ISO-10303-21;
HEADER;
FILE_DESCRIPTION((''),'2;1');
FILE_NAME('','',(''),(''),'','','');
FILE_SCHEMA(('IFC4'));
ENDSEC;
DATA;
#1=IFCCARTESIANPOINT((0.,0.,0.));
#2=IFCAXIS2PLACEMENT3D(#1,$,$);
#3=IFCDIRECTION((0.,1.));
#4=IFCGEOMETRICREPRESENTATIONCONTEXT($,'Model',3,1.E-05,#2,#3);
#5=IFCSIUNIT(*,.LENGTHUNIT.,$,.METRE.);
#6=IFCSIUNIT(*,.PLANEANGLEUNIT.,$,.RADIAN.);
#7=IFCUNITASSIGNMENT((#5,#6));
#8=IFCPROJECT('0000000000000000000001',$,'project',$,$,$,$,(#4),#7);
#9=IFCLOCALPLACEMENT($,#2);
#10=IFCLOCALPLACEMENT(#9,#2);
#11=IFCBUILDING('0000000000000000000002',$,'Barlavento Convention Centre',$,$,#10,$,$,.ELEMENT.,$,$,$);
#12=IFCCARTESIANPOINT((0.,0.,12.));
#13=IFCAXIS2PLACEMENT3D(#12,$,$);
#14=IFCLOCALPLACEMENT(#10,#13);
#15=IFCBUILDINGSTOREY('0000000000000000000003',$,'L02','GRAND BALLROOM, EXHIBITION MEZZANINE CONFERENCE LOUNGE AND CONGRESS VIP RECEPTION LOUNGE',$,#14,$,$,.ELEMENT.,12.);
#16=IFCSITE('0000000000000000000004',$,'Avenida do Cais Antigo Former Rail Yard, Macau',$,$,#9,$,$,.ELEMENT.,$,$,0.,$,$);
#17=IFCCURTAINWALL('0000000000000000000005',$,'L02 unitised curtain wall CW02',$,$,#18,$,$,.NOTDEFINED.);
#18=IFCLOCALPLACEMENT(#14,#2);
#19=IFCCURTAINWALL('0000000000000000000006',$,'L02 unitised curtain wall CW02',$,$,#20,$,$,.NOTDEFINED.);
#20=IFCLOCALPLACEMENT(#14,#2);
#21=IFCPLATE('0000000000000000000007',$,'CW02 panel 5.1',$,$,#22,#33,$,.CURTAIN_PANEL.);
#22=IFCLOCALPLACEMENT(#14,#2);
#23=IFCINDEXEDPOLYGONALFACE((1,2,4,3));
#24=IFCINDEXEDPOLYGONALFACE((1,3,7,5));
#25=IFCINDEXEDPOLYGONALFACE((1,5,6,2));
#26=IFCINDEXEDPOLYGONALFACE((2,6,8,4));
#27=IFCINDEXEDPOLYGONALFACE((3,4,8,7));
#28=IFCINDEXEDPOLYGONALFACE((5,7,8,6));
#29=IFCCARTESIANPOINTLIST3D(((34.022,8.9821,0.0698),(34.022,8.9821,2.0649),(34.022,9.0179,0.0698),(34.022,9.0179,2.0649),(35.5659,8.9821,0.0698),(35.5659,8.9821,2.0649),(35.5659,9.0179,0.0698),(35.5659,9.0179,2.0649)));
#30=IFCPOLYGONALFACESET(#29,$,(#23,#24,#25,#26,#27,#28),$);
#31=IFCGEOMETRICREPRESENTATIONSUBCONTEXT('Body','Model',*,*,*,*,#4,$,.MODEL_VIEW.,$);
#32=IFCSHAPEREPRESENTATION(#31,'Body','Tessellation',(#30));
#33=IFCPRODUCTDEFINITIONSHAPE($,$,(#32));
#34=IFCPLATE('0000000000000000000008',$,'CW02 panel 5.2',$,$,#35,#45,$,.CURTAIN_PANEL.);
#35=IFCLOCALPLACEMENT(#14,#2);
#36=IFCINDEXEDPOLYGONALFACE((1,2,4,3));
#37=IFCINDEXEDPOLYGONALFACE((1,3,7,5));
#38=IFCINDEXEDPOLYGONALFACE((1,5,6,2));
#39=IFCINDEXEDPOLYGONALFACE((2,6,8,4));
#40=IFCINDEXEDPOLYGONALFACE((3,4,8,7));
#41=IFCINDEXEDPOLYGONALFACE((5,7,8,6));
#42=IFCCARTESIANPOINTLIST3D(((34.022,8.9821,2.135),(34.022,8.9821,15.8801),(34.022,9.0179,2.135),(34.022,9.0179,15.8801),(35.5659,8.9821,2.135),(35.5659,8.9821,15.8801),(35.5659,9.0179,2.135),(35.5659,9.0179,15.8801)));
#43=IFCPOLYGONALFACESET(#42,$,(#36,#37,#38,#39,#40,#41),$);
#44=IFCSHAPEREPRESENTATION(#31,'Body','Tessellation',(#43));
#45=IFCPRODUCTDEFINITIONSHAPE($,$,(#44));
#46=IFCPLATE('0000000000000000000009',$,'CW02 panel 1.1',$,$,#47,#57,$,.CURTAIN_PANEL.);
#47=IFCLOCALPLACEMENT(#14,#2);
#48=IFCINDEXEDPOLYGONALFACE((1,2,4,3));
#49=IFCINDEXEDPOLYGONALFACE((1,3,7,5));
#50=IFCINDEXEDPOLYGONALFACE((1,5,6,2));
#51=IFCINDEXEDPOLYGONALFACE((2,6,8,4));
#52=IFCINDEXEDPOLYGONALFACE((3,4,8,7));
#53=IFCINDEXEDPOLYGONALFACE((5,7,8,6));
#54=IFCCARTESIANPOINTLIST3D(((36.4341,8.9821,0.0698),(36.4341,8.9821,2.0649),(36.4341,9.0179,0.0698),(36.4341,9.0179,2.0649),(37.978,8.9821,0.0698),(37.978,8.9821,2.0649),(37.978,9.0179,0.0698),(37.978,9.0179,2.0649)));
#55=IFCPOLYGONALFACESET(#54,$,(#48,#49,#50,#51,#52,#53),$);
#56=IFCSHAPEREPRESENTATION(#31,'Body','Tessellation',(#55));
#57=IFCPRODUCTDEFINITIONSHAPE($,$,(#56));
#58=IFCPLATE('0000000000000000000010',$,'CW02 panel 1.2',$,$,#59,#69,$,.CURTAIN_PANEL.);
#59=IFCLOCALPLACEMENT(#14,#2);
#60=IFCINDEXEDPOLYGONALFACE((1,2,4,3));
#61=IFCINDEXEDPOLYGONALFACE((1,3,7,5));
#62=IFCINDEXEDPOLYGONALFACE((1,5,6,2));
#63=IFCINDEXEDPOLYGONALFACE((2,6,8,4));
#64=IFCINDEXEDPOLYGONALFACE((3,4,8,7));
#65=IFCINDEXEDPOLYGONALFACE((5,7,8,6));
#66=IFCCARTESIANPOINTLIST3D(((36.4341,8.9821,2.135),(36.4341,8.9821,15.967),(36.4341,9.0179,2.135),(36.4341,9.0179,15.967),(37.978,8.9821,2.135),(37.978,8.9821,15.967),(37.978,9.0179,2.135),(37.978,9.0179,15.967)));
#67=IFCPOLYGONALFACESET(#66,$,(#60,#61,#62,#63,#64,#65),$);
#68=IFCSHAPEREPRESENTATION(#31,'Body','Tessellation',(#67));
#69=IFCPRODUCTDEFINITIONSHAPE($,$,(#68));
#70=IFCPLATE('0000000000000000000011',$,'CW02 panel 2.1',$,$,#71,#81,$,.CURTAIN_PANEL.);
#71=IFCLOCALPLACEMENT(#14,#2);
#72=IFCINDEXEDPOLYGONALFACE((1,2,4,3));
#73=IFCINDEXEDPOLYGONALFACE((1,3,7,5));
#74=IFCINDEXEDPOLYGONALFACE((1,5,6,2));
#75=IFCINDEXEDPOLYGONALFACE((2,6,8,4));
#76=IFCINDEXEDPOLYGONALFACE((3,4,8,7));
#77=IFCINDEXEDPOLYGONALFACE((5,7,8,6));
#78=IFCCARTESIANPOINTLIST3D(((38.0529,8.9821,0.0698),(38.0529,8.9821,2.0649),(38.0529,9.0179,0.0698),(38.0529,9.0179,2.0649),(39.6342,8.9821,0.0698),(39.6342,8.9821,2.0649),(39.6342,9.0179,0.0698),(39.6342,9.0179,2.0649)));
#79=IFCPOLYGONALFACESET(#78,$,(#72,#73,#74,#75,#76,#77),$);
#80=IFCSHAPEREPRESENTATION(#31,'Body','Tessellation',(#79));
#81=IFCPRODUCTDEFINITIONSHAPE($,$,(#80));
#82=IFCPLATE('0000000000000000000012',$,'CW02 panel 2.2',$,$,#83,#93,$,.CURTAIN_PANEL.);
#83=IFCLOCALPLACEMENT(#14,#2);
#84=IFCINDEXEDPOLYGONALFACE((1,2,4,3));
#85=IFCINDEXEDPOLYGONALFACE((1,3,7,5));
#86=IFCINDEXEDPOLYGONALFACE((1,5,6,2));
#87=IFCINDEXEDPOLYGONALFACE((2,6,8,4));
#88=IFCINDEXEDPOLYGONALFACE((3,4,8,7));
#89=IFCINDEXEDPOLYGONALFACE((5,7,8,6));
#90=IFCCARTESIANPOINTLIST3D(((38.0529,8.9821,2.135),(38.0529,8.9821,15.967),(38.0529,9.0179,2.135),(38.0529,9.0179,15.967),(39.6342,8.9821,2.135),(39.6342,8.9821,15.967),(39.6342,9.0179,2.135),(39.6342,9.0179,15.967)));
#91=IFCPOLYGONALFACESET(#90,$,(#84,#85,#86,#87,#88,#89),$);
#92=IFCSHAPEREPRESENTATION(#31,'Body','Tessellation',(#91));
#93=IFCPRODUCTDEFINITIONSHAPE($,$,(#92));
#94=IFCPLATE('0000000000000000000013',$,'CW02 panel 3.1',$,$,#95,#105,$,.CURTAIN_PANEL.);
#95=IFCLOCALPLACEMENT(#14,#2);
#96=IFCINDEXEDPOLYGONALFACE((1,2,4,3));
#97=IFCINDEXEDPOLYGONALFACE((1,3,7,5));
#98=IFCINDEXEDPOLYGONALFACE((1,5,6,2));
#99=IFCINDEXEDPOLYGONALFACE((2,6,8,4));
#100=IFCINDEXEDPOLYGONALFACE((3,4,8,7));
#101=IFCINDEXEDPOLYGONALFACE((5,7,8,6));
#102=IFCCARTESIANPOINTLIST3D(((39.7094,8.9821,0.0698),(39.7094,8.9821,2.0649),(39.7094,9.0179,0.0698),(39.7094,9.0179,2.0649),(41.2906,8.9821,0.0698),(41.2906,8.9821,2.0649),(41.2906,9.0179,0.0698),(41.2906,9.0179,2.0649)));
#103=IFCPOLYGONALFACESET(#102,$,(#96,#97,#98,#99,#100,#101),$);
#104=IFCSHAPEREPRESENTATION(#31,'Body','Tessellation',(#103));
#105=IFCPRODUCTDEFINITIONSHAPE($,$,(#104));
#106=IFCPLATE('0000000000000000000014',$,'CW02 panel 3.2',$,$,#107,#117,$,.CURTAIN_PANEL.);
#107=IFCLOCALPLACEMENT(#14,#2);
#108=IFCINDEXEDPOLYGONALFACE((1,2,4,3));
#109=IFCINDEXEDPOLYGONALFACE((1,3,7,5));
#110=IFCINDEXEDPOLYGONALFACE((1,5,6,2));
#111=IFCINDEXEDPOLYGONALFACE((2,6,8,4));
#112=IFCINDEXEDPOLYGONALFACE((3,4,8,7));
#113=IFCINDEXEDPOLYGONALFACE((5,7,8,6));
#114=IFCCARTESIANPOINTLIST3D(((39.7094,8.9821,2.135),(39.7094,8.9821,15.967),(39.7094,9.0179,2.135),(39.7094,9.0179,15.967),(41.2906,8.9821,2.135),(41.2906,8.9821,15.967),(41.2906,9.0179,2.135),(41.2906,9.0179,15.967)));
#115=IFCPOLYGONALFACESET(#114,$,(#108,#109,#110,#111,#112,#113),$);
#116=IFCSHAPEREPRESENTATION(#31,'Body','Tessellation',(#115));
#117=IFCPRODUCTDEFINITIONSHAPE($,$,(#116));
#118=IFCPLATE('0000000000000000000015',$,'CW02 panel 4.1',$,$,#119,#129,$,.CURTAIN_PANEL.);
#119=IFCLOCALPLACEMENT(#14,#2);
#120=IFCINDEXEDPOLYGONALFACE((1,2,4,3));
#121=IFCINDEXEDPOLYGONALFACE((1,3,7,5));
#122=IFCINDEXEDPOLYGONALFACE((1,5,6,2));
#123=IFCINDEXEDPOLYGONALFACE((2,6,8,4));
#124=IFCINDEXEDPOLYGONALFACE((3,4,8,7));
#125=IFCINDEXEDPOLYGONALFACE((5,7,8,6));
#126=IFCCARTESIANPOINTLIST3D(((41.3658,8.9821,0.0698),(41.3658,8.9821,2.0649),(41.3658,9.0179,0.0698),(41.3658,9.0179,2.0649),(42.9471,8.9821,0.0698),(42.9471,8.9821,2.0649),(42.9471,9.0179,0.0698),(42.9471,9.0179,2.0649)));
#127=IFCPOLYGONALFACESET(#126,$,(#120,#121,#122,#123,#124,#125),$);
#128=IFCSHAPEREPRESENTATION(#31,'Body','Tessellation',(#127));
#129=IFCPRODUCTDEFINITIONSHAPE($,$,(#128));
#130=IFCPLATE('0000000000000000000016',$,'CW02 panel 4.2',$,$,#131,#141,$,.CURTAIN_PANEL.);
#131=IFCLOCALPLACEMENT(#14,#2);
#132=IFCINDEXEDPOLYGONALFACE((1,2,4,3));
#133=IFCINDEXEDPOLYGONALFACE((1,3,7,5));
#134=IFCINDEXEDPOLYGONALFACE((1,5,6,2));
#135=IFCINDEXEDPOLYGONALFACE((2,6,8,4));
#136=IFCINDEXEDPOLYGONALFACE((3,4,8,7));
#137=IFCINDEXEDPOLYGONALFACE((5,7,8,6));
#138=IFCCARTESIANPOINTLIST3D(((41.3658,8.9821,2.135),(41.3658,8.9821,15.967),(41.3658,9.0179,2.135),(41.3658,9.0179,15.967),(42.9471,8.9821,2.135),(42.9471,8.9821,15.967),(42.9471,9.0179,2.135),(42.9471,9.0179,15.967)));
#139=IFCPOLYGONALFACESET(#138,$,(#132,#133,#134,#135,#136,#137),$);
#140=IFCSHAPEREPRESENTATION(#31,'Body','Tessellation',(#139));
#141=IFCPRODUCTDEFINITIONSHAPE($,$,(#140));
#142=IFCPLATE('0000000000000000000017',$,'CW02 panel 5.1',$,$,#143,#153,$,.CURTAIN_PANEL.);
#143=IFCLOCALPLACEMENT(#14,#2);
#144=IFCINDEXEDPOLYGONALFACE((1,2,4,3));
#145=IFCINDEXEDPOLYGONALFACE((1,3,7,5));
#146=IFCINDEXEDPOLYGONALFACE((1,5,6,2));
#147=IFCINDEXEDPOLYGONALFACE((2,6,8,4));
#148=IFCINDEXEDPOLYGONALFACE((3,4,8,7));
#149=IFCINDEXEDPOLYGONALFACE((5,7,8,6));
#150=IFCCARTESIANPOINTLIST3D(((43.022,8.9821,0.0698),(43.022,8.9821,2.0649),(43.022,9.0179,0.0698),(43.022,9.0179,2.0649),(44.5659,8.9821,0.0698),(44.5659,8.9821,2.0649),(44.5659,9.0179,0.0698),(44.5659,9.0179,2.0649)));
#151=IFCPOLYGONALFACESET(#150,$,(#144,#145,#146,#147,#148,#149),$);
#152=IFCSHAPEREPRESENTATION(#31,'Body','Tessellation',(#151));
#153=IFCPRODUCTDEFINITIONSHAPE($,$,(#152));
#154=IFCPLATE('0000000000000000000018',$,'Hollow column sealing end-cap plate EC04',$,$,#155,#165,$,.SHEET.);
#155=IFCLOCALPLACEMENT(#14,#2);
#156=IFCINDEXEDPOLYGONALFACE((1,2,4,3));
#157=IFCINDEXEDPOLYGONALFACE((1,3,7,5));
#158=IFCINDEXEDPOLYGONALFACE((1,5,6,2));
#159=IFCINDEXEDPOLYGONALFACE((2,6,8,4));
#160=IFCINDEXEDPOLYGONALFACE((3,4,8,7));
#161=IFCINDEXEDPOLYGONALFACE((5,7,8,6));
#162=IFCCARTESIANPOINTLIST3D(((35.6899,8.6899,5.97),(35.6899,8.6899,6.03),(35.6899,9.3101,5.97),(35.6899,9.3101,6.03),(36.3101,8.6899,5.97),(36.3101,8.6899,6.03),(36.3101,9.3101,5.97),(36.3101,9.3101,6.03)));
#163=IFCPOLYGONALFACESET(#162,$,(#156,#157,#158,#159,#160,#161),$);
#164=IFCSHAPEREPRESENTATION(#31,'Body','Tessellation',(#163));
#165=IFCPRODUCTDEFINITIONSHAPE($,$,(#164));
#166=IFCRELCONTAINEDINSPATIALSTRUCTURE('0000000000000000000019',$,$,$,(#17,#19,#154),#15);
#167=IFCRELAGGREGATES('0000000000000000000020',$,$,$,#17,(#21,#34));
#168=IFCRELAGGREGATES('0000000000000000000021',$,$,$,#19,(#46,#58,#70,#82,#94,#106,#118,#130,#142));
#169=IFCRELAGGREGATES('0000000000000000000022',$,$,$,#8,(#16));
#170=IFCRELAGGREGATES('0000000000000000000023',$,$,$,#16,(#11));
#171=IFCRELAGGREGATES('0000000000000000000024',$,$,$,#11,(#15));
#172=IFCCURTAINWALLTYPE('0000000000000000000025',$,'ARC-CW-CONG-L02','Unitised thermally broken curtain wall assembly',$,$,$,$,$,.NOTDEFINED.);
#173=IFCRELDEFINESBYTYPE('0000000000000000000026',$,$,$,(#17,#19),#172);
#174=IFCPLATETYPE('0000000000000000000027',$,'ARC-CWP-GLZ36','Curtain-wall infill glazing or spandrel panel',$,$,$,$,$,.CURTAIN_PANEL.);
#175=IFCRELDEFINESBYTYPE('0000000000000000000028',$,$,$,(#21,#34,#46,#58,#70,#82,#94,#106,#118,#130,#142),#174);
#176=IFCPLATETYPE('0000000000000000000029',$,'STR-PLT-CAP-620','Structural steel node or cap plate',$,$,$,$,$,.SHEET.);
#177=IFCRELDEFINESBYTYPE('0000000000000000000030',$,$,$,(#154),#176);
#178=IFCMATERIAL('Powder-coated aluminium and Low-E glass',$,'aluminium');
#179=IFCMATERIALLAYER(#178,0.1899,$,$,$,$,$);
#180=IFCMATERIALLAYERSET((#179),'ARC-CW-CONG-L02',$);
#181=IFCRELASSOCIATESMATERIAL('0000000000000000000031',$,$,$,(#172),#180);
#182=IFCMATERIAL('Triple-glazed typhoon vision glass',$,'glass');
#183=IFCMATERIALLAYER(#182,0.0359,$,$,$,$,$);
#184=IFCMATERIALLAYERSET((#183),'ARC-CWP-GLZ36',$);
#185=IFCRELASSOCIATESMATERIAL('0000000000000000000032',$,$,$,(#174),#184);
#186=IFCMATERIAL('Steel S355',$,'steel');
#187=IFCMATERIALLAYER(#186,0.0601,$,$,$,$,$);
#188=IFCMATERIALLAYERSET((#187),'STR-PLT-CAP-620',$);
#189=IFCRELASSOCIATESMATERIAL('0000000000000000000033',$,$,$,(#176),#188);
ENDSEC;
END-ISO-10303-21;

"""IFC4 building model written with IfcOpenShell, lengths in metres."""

from ifc_helpers import new_model, si_unit, direction, frame, origin, origin_2d, place, context, subcontext, project, spatial, rectangle, extrude, material, layer, layer_set, type_object, element, aggregate, save


model = new_model("IFC4")

# Units and contexts
model_context = context("Model", 3, precision=1e-05, world=origin(), true_north=direction((0.0, 1.0)))
body_context = subcontext(model_context, "Body", "Model", "MODEL_VIEW")
ifc_project = project(units=[si_unit("LENGTHUNIT", "METRE"), si_unit("PLANEANGLEUNIT", "RADIAN")], contexts=[model_context])

# Site, building, storey
site_placement = place(None, origin())
site = spatial("IfcSite", under=ifc_project, at=site_placement, Name="Avenida do Cais Antigo Former Rail Yard, Macau", CompositionType="ELEMENT", RefElevation=0.0)
building_placement = place(site_placement, origin())
building = spatial("IfcBuilding", under=site, at=building_placement, Name="Barlavento Convention Centre", CompositionType="ELEMENT")
storey_placement = place(building_placement, frame((0.0, 0.0, 12.0)))
storey = spatial("IfcBuildingStorey", under=building, at=storey_placement, Name="L02", Description="GRAND BALLROOM, EXHIBITION MEZZANINE CONFERENCE LOUNGE AND CONGRESS VIP RECEPTION LOUNGE", CompositionType="ELEMENT", Elevation=12.0)

# Curtain walls
ifc_material_1 = material(Name="Powder-coated aluminium and Low-E glass", Category="aluminium")
ifc_layer_1 = layer(ifc_material_1, 0.1899)
ifc_layer_set_1 = layer_set([ifc_layer_1], Name="ARC-CW-CONG-L02")
curtain_wall_type = type_object("IfcCurtainWallType", Name="ARC-CW-CONG-L02", Description="Unitised thermally broken curtain wall assembly", PredefinedType="NOTDEFINED", material=ifc_layer_set_1)
curtain_wall_1_placement = place(storey_placement, origin())
curtain_wall_1 = element("IfcCurtainWall", 1, at=curtain_wall_1_placement, inside=storey, type_object=curtain_wall_type, Name="L02 unitised curtain wall CW02", PredefinedType="NOTDEFINED")
curtain_wall_2_placement = place(storey_placement, origin())
curtain_wall_2 = element("IfcCurtainWall", 2, at=curtain_wall_2_placement, inside=storey, type_object=curtain_wall_type, Name="L02 unitised curtain wall CW02", PredefinedType="NOTDEFINED")

# Shared definitions
ifc_material_2 = material(Name="Steel S355", Category="steel")

# Plates
ifc_material_3 = material(Name="Triple-glazed typhoon vision glass", Category="glass")
ifc_layer_2 = layer(ifc_material_3, 0.0359)
ifc_layer_set_2 = layer_set([ifc_layer_2], Name="ARC-CWP-GLZ36")
plate_type_1 = type_object("IfcPlateType", Name="ARC-CWP-GLZ36", Description="Curtain-wall infill glazing or spandrel panel", PredefinedType="CURTAIN_PANEL", material=ifc_layer_set_2)
plate_1_placement = place(storey_placement, frame((34.7939, 9.0, 0.0698), z_axis=(0.0, 0.0, 1.0), x_axis=(1.0, 0.0, 0.0)))
plate_1 = element("IfcPlate", 3, at=plate_1_placement, type_object=plate_type_1, Name="CW02 panel 5.1", PredefinedType="CURTAIN_PANEL", context=body_context, shape_type="SweptSolid", body=[
    extrude(rectangle(XDim=1.5439, YDim=0.0359, at=origin_2d()), origin(), (0.0, 0.0, 1.0), 1.9951),
])
plate_2_placement = place(storey_placement, frame((34.7939, 9.0, 2.135), z_axis=(0.0, 0.0, 1.0), x_axis=(1.0, 0.0, 0.0)))
plate_2 = element("IfcPlate", 4, at=plate_2_placement, type_object=plate_type_1, Name="CW02 panel 5.2", PredefinedType="CURTAIN_PANEL", context=body_context, shape_type="SweptSolid", body=[
    extrude(rectangle(XDim=1.5439, YDim=0.0359, at=origin_2d()), origin(), (0.0, 0.0, 1.0), 13.7451),
])
aggregate(curtain_wall_1, [plate_1, plate_2])
plate_3_placement = place(storey_placement, frame((37.2061, 9.0, 0.0698), z_axis=(0.0, 0.0, 1.0), x_axis=(1.0, 0.0, 0.0)))
plate_3 = element("IfcPlate", 5, at=plate_3_placement, type_object=plate_type_1, Name="CW02 panel 1.1", PredefinedType="CURTAIN_PANEL", context=body_context, shape_type="SweptSolid", body=[
    extrude(rectangle(XDim=1.5439, YDim=0.0359, at=origin_2d()), origin(), (0.0, 0.0, 1.0), 1.9951),
])
plate_4_placement = place(storey_placement, frame((37.2061, 9.0, 2.135), z_axis=(0.0, 0.0, 1.0), x_axis=(1.0, 0.0, 0.0)))
plate_4 = element("IfcPlate", 6, at=plate_4_placement, type_object=plate_type_1, Name="CW02 panel 1.2", PredefinedType="CURTAIN_PANEL", context=body_context, shape_type="SweptSolid", body=[
    extrude(rectangle(XDim=1.5439, YDim=0.0359, at=origin_2d()), origin(), (0.0, 0.0, 1.0), 13.832),
])
plate_5_placement = place(storey_placement, frame((38.8435, 9.0, 0.0698), z_axis=(0.0, 0.0, 1.0), x_axis=(1.0, 0.0, 0.0)))
plate_5 = element("IfcPlate", 7, at=plate_5_placement, type_object=plate_type_1, Name="CW02 panel 2.1", PredefinedType="CURTAIN_PANEL", context=body_context, shape_type="SweptSolid", body=[
    extrude(rectangle(XDim=1.5813, YDim=0.0359, at=origin_2d()), origin(), (0.0, 0.0, 1.0), 1.9951),
])
plate_6_placement = place(storey_placement, frame((38.8435, 9.0, 2.135), z_axis=(0.0, 0.0, 1.0), x_axis=(1.0, 0.0, 0.0)))
plate_6 = element("IfcPlate", 8, at=plate_6_placement, type_object=plate_type_1, Name="CW02 panel 2.2", PredefinedType="CURTAIN_PANEL", context=body_context, shape_type="SweptSolid", body=[
    extrude(rectangle(XDim=1.5813, YDim=0.0359, at=origin_2d()), origin(), (0.0, 0.0, 1.0), 13.832),
])
plate_7_placement = place(storey_placement, frame((40.5, 9.0, 0.0698), z_axis=(0.0, 0.0, 1.0), x_axis=(1.0, 0.0, 0.0)))
plate_7 = element("IfcPlate", 9, at=plate_7_placement, type_object=plate_type_1, Name="CW02 panel 3.1", PredefinedType="CURTAIN_PANEL", context=body_context, shape_type="SweptSolid", body=[
    extrude(rectangle(XDim=1.5813, YDim=0.0359, at=origin_2d()), origin(), (0.0, 0.0, 1.0), 1.9951),
])
plate_8_placement = place(storey_placement, frame((40.5, 9.0, 2.135), z_axis=(0.0, 0.0, 1.0), x_axis=(1.0, 0.0, 0.0)))
plate_8 = element("IfcPlate", 10, at=plate_8_placement, type_object=plate_type_1, Name="CW02 panel 3.2", PredefinedType="CURTAIN_PANEL", context=body_context, shape_type="SweptSolid", body=[
    extrude(rectangle(XDim=1.5813, YDim=0.0359, at=origin_2d()), origin(), (0.0, 0.0, 1.0), 13.832),
])
plate_9_placement = place(storey_placement, frame((42.1565, 9.0, 0.0698), z_axis=(0.0, 0.0, 1.0), x_axis=(1.0, 0.0, 0.0)))
plate_9 = element("IfcPlate", 11, at=plate_9_placement, type_object=plate_type_1, Name="CW02 panel 4.1", PredefinedType="CURTAIN_PANEL", context=body_context, shape_type="SweptSolid", body=[
    extrude(rectangle(XDim=1.5813, YDim=0.0359, at=origin_2d()), origin(), (0.0, 0.0, 1.0), 1.9951),
])
plate_10_placement = place(storey_placement, frame((42.1565, 9.0, 2.135), z_axis=(0.0, 0.0, 1.0), x_axis=(1.0, 0.0, 0.0)))
plate_10 = element("IfcPlate", 12, at=plate_10_placement, type_object=plate_type_1, Name="CW02 panel 4.2", PredefinedType="CURTAIN_PANEL", context=body_context, shape_type="SweptSolid", body=[
    extrude(rectangle(XDim=1.5813, YDim=0.0359, at=origin_2d()), origin(), (0.0, 0.0, 1.0), 13.832),
])
plate_11_placement = place(storey_placement, frame((43.7939, 9.0, 0.0698), z_axis=(0.0, 0.0, 1.0), x_axis=(1.0, 0.0, 0.0)))
plate_11 = element("IfcPlate", 13, at=plate_11_placement, type_object=plate_type_1, Name="CW02 panel 5.1", PredefinedType="CURTAIN_PANEL", context=body_context, shape_type="SweptSolid", body=[
    extrude(rectangle(XDim=1.5439, YDim=0.0359, at=origin_2d()), origin(), (0.0, 0.0, 1.0), 1.9951),
])
aggregate(curtain_wall_2, [plate_3, plate_4, plate_5, plate_6, plate_7, plate_8, plate_9, plate_10, plate_11])
ifc_layer_3 = layer(ifc_material_2, 0.0601)
ifc_layer_set_3 = layer_set([ifc_layer_3], Name="STR-PLT-CAP-620")
plate_type_2 = type_object("IfcPlateType", Name="STR-PLT-CAP-620", Description="Structural steel node or cap plate", PredefinedType="SHEET", material=ifc_layer_set_3)
plate_12_placement = place(storey_placement, frame((36.0, 9.0, 5.97), z_axis=(0.0, 0.0, 1.0), x_axis=(1.0, 0.0, 0.0)))
element("IfcPlate", 14, at=plate_12_placement, inside=storey, type_object=plate_type_2, Name="Hollow column sealing end-cap plate EC04", PredefinedType="SHEET", context=body_context, shape_type="SweptSolid", body=[
    extrude(rectangle(XDim=0.6201, YDim=0.6201, at=origin_2d()), origin(), (0.0, 0.0, 1.0), 0.0601),
])

save(model, "model.ifc")
